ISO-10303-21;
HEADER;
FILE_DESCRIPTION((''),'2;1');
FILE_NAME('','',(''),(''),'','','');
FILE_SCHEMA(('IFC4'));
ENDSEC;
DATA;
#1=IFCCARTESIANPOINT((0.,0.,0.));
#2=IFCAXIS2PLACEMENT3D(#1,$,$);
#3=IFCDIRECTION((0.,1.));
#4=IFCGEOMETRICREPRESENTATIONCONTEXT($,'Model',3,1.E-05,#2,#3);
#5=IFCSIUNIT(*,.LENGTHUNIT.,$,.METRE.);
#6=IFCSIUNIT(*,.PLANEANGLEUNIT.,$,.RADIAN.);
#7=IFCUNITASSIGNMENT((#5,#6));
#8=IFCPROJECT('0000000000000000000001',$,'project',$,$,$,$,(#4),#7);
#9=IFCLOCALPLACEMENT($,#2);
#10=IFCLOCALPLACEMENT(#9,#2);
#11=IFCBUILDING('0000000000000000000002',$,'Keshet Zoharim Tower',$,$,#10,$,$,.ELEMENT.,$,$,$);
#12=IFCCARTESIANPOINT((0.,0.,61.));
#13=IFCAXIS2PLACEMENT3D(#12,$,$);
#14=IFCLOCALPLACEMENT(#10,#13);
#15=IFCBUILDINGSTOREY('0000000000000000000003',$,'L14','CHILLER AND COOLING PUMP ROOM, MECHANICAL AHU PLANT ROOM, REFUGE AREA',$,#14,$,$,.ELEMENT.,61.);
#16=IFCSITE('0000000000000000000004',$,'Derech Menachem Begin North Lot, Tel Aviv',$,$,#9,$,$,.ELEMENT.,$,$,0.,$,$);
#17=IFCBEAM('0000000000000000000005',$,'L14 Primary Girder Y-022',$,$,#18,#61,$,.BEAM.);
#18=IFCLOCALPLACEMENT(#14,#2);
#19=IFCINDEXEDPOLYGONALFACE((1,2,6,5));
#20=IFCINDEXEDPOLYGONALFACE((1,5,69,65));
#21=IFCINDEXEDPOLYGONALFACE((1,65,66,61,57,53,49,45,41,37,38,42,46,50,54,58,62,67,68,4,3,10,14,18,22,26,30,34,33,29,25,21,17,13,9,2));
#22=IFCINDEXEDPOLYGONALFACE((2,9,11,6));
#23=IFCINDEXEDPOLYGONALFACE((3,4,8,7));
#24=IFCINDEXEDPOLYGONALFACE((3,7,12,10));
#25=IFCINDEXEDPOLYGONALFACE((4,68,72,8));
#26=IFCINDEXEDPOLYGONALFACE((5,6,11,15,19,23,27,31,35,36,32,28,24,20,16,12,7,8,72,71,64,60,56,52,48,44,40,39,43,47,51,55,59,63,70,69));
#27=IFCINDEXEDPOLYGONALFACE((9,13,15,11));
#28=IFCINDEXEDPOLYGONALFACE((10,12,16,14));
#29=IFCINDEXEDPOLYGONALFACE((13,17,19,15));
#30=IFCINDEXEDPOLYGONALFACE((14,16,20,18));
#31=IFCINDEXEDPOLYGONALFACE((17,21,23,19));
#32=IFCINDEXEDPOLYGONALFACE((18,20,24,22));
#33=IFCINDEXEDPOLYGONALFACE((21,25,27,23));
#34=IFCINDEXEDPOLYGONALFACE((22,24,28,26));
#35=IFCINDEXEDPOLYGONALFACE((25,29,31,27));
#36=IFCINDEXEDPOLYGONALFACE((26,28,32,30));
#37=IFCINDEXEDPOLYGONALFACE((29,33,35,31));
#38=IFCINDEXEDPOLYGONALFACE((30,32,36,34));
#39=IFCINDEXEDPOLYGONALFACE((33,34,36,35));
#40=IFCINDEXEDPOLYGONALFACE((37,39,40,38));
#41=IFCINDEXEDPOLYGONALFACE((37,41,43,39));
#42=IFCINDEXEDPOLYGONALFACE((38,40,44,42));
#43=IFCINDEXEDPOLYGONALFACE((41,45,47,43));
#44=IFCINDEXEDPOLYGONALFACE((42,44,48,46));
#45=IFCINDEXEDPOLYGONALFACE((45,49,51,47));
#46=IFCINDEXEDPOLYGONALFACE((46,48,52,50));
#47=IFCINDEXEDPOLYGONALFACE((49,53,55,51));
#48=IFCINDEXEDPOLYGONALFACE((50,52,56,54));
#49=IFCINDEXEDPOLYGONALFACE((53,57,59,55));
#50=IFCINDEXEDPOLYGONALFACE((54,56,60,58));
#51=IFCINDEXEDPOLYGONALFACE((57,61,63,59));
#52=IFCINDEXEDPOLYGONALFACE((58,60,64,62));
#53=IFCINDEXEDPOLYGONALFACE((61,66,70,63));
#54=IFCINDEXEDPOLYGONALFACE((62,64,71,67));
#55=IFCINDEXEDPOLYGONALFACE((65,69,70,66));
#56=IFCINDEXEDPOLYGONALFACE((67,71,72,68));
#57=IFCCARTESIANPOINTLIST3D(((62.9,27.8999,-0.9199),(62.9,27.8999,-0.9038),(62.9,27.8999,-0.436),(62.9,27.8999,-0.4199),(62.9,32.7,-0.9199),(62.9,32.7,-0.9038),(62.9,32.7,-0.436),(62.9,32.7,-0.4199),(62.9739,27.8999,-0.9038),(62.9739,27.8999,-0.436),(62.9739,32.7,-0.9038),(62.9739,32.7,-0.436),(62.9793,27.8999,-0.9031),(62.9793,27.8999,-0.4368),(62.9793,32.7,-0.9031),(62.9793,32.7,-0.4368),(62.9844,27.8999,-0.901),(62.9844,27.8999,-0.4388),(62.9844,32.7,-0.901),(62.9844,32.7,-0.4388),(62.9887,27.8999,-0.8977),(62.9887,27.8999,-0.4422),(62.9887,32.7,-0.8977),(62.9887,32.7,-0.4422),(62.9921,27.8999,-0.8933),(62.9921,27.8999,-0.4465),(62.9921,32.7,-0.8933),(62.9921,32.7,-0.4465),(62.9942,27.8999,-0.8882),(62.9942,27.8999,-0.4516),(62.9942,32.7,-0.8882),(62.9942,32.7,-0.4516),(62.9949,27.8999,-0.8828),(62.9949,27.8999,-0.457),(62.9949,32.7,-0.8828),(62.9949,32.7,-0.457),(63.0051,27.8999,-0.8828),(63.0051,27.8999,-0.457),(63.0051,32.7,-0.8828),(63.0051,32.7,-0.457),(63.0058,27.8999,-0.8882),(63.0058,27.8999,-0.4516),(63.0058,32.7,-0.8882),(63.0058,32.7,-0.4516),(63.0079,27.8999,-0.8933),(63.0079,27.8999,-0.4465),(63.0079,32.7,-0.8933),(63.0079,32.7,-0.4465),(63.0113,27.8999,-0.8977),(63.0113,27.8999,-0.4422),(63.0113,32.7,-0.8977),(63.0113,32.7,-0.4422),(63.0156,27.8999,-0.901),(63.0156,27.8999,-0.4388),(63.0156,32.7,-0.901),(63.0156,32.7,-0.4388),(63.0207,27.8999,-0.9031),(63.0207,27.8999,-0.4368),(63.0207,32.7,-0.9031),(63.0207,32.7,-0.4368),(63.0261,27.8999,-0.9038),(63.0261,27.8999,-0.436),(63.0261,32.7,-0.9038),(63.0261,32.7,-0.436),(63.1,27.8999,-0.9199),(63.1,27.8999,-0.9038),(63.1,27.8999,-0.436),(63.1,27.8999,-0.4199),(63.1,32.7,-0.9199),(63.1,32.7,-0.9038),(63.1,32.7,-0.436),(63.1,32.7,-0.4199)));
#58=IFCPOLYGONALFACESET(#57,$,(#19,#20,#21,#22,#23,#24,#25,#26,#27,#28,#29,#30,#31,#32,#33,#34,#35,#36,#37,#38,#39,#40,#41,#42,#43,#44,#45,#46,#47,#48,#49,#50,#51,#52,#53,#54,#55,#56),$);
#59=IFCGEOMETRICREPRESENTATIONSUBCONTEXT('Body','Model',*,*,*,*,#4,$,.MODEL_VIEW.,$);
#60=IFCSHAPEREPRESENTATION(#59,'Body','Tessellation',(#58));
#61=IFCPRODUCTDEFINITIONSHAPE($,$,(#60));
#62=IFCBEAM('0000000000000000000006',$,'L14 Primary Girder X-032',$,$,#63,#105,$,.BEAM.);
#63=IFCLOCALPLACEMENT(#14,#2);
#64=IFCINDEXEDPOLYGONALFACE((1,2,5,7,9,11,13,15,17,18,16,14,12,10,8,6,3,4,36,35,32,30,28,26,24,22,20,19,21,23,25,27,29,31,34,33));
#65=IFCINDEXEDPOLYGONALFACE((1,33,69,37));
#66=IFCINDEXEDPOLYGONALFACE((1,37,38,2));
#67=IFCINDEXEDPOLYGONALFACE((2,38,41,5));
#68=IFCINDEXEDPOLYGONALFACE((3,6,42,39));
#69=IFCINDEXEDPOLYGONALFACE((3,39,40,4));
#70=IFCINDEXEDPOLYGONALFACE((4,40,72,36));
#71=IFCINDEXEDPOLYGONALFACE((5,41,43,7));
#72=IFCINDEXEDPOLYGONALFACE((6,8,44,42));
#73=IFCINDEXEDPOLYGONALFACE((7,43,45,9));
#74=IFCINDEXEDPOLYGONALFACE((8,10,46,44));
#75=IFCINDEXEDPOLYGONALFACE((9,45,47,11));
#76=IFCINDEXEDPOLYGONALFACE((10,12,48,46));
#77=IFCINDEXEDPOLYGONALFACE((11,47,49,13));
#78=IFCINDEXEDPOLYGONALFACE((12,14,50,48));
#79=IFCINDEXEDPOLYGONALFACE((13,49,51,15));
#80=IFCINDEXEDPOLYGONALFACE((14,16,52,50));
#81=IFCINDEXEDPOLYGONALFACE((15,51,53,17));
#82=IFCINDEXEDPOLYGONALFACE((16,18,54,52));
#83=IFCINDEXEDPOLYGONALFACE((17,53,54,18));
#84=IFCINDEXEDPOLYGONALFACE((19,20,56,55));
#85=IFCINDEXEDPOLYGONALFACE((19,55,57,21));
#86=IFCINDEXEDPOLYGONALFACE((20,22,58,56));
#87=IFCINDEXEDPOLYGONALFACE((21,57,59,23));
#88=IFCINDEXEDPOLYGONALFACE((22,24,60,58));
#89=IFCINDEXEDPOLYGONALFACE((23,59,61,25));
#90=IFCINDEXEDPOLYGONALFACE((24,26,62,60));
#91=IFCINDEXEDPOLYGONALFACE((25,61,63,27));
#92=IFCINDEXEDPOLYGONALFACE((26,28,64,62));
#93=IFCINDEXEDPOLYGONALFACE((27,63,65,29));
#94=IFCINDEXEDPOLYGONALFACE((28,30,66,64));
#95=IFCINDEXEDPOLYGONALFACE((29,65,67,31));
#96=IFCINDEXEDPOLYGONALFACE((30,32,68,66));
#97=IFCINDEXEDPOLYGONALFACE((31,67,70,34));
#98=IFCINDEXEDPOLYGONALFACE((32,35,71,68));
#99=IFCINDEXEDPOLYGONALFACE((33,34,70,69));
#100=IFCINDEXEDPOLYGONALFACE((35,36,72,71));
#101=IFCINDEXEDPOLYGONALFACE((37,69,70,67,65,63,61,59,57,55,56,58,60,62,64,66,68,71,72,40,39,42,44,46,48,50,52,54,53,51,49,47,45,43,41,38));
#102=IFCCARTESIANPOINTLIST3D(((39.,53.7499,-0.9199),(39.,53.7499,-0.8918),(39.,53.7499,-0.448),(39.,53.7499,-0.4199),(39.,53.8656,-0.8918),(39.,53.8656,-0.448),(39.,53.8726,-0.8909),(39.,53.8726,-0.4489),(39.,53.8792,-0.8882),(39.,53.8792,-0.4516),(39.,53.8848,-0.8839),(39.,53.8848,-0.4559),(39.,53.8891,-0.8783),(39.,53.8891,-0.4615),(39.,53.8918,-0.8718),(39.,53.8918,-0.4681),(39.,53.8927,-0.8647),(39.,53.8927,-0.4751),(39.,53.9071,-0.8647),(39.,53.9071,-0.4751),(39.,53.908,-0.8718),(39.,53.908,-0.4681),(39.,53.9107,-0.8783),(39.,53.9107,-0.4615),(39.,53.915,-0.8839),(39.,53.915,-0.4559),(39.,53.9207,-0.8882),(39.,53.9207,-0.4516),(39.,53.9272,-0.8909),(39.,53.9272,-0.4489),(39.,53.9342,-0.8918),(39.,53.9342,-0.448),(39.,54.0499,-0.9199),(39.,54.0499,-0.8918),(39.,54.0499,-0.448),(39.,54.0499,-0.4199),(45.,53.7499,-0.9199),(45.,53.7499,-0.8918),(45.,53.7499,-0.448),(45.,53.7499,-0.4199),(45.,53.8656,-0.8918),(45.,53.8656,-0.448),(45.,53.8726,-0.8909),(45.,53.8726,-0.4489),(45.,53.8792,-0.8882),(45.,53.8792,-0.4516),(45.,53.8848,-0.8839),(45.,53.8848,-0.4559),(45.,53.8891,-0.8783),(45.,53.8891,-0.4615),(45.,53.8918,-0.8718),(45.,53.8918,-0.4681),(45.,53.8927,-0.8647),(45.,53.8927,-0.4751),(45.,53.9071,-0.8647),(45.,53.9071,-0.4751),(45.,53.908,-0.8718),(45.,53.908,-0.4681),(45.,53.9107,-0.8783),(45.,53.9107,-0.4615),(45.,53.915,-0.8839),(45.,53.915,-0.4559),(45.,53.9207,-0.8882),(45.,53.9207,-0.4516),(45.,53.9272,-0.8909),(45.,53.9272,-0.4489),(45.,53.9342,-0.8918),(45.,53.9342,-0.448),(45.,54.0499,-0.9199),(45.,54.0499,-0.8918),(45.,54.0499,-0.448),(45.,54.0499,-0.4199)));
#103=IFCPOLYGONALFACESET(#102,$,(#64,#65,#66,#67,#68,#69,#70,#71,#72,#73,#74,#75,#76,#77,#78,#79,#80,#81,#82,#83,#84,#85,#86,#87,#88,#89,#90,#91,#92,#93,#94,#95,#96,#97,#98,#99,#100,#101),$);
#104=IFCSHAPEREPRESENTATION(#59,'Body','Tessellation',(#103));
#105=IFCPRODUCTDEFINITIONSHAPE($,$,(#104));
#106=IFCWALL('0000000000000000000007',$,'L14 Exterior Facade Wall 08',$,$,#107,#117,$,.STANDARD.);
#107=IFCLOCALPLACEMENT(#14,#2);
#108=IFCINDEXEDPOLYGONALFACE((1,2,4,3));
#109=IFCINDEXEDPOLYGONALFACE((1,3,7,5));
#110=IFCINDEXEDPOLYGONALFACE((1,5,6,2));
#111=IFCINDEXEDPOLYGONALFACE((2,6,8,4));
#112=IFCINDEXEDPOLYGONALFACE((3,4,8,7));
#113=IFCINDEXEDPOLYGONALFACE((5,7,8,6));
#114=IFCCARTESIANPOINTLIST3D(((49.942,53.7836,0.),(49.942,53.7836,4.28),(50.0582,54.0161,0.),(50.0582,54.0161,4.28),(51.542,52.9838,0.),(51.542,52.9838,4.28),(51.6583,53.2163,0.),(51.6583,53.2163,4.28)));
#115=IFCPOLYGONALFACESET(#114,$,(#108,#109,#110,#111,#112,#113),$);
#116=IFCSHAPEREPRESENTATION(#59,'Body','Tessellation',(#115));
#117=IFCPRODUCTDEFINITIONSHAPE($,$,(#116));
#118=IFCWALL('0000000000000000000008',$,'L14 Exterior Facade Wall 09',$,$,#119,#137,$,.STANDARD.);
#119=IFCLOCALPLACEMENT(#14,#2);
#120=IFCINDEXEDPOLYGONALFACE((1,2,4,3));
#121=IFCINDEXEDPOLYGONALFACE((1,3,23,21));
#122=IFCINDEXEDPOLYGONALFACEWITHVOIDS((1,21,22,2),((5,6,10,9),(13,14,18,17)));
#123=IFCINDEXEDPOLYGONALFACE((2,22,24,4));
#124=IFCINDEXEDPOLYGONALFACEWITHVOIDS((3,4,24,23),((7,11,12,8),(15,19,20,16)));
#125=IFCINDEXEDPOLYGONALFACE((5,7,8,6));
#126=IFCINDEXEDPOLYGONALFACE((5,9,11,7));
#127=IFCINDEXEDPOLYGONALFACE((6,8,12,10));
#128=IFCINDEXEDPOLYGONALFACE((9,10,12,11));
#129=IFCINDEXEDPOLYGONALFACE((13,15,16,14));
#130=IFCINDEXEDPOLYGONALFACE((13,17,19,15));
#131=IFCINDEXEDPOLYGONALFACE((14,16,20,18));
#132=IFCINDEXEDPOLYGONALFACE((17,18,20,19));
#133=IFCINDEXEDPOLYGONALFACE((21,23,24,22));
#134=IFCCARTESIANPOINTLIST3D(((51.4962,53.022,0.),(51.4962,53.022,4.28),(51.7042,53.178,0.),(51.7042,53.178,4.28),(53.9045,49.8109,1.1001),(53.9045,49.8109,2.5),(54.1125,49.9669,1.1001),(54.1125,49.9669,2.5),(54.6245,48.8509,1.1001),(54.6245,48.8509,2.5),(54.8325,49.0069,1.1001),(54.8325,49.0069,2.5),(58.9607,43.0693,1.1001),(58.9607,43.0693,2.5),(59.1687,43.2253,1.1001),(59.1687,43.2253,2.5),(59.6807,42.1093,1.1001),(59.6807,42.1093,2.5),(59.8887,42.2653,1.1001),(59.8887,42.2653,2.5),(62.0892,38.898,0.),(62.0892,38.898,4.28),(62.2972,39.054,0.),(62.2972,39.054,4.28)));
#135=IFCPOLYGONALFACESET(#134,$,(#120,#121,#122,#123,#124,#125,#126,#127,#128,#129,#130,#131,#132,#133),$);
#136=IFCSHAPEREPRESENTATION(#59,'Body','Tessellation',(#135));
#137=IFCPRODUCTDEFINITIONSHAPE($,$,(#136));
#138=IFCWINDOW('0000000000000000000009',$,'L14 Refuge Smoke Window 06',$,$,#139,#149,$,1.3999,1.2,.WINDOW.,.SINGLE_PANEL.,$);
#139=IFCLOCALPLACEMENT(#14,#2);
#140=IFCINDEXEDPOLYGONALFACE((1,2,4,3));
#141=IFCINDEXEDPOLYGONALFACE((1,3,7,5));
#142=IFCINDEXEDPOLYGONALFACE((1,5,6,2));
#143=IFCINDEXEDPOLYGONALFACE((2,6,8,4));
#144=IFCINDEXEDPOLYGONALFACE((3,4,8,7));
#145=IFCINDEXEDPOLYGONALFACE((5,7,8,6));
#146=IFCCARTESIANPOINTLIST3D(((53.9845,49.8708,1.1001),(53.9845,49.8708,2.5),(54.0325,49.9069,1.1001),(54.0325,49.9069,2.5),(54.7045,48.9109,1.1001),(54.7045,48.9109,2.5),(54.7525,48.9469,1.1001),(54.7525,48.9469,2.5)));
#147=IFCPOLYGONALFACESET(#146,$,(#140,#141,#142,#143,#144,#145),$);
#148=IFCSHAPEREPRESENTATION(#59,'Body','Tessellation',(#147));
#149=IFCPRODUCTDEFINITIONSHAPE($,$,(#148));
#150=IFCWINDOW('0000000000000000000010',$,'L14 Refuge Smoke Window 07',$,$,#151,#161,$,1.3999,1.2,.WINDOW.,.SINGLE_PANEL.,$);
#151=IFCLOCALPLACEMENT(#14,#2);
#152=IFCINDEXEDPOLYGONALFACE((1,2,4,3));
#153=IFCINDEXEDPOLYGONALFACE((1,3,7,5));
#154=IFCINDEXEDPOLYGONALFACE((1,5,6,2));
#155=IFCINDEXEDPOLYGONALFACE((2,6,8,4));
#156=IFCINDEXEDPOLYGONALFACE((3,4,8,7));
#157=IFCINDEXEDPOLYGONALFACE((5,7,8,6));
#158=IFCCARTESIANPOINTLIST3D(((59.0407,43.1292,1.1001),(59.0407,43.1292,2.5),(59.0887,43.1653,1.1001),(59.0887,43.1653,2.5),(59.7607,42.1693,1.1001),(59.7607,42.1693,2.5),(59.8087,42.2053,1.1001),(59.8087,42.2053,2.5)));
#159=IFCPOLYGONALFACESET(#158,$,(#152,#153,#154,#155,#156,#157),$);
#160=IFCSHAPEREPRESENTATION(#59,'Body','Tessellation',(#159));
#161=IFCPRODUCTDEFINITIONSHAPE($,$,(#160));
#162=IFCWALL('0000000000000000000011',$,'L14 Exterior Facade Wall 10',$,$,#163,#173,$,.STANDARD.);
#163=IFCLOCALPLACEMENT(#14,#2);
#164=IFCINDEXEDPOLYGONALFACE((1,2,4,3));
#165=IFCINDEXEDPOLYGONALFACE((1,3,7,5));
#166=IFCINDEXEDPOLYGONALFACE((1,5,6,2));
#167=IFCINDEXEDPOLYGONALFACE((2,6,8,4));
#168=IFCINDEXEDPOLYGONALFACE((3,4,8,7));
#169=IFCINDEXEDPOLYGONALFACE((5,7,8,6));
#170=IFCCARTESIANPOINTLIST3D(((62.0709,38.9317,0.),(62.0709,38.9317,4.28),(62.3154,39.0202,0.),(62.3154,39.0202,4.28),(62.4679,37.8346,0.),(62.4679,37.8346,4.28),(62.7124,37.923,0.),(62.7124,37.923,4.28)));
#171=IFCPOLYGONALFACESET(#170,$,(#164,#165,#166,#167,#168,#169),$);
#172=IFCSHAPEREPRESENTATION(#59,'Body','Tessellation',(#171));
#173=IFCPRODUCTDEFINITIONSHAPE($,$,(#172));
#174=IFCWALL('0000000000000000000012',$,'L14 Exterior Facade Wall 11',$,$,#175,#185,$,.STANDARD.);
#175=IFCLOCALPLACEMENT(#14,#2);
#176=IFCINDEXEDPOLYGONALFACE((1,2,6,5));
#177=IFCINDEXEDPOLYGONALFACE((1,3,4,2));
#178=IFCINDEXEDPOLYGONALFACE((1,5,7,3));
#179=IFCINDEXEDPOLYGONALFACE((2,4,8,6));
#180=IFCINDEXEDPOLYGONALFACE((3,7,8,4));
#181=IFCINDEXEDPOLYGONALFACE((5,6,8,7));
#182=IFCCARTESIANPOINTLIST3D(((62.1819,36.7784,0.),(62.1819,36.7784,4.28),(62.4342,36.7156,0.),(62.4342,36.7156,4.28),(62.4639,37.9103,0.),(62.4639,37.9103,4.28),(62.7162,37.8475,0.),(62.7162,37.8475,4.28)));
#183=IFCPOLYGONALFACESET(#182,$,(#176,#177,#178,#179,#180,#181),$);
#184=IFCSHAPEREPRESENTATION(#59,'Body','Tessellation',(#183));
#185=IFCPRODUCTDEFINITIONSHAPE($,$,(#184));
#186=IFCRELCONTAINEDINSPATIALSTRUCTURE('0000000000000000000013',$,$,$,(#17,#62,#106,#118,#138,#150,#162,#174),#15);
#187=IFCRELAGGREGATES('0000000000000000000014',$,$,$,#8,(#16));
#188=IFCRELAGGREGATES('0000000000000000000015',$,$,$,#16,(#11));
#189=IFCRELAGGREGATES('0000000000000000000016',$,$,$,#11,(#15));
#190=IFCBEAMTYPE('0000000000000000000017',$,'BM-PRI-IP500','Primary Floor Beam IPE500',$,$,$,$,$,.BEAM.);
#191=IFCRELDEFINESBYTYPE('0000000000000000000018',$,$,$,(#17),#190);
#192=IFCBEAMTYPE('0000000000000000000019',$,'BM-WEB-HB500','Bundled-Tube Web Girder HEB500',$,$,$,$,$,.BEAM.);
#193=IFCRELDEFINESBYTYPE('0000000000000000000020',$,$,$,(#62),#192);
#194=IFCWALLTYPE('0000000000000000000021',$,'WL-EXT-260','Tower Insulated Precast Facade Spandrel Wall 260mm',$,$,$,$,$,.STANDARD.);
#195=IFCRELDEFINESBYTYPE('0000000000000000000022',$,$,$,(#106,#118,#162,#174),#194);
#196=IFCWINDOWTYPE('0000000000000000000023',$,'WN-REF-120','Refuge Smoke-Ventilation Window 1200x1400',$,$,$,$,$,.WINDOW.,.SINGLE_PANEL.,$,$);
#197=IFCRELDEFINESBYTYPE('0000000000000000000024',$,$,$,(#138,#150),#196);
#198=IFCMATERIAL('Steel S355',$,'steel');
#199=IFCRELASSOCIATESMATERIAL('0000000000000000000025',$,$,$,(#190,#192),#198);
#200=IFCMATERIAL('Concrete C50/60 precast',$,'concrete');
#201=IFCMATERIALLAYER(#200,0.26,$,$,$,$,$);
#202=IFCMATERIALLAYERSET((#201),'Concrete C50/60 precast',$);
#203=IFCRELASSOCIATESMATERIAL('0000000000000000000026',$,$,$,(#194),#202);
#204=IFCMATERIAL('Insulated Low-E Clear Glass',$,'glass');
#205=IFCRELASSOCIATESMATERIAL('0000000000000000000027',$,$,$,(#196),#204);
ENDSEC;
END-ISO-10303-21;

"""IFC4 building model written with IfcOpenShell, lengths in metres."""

from ifc_helpers import new_model, si_unit, direction, frame, frame_2d, origin, origin_2d, place, context, subcontext, project, spatial, rectangle, i_section, extrude, material, layer, layer_set, material_profile, profile_set, type_object, element, fill, save


model = new_model("IFC4")

# Units and contexts
model_context = context("Model", 3, precision=1e-05, world=origin(), true_north=direction((0.0, 1.0)))
body_context = subcontext(model_context, "Body", "Model", "MODEL_VIEW")
ifc_project = project(units=[si_unit("LENGTHUNIT", "METRE"), si_unit("PLANEANGLEUNIT", "RADIAN")], contexts=[model_context])

# Site, building, storey
site_placement = place(None, origin())
site = spatial("IfcSite", under=ifc_project, at=site_placement, Name="Derech Menachem Begin North Lot, Tel Aviv", CompositionType="ELEMENT", RefElevation=0.0)
building_placement = place(site_placement, origin())
building = spatial("IfcBuilding", under=site, at=building_placement, Name="Keshet Zoharim Tower", CompositionType="ELEMENT")
storey_placement = place(building_placement, frame((0.0, 0.0, 61.0)))
storey = spatial("IfcBuildingStorey", under=building, at=storey_placement, Name="L14", Description="CHILLER AND COOLING PUMP ROOM, MECHANICAL AHU PLANT ROOM, REFUGE AREA", CompositionType="ELEMENT", Elevation=61.0)

# Shared definitions
ifc_material_1 = material(Name="Steel S355", Category="steel")

# Beams
ifc_material_profile_1 = material_profile(ifc_material_1, i_section(OverallWidth=0.2, OverallDepth=0.5, WebThickness=0.0103, FlangeThickness=0.0161, FilletRadius=0.021, at=origin_2d()), Name="IPE500")
ifc_profile_set_1 = profile_set([ifc_material_profile_1], Name="Steel S355")
beam_type_1 = type_object("IfcBeamType", Name="BM-PRI-IP500", Description="Primary Floor Beam IPE500", PredefinedType="BEAM", material=ifc_profile_set_1)
beam_1_placement = place(storey_placement, frame((63.0, 27.8999, -0.6699), z_axis=(0.0, 1.0, 0.0), x_axis=(-1.0, 0.0, 0.0)))
element("IfcBeam", 1, at=beam_1_placement, inside=storey, type_object=beam_type_1, Name="L14 Primary Girder Y-022", PredefinedType="BEAM", context=body_context, shape_type="SweptSolid", body=[
    extrude(i_section(OverallWidth=0.2, OverallDepth=0.5, WebThickness=0.0103, FlangeThickness=0.0161, FilletRadius=0.021, at=origin_2d()), origin(), (0.0, 0.0, 1.0), 4.8),
])
ifc_material_profile_2 = material_profile(ifc_material_1, i_section(OverallWidth=0.3, OverallDepth=0.5, WebThickness=0.0144, FlangeThickness=0.0281, FilletRadius=0.0271, at=origin_2d()), Name="HEB500")
ifc_profile_set_2 = profile_set([ifc_material_profile_2], Name="Steel S355")
beam_type_2 = type_object("IfcBeamType", Name="BM-WEB-HB500", Description="Bundled-Tube Web Girder HEB500", PredefinedType="BEAM", material=ifc_profile_set_2)
beam_2_placement = place(storey_placement, frame((39.0, 53.8999, -0.6699), z_axis=(1.0, 0.0, 0.0), x_axis=(0.0, 1.0, 0.0)))
element("IfcBeam", 2, at=beam_2_placement, inside=storey, type_object=beam_type_2, Name="L14 Primary Girder X-032", PredefinedType="BEAM", context=body_context, shape_type="SweptSolid", body=[
    extrude(i_section(OverallWidth=0.3, OverallDepth=0.5, WebThickness=0.0144, FlangeThickness=0.0281, FilletRadius=0.0271, at=origin_2d()), origin(), (0.0, 0.0, 1.0), 6.0),
])

# Wall
ifc_material_2 = material(Name="Concrete C50/60 precast", Category="concrete")
ifc_layer = layer(ifc_material_2, 0.26)
ifc_layer_set = layer_set([ifc_layer], Name="Concrete C50/60 precast")
wall_type = type_object("IfcWallType", Name="WL-EXT-260", Description="Tower Insulated Precast Facade Spandrel Wall 260mm", PredefinedType="STANDARD", material=ifc_layer_set)
wall_1_placement = place(storey_placement, frame((50.0, 53.8999, 0.0), z_axis=(0.0, 0.0, 1.0), x_axis=(0.894482, -0.447104, 0.0)))
element("IfcWall", 3, at=wall_1_placement, inside=storey, type_object=wall_type, Name="L14 Exterior Facade Wall 08", PredefinedType="STANDARD", context=body_context, shape_type="SweptSolid", body=[
    extrude(rectangle(XDim=1.7888, YDim=0.26, at=frame_2d((0.8945, 0.0))), origin(), (0.0, 0.0, 1.0), 4.28),
])

# Wall, openings, windows
wall_2_placement = place(storey_placement, frame((51.6001, 53.1001, 0.0), z_axis=(0.0, 0.0, 1.0), x_axis=(0.6, -0.8, 0.0)))
wall_2 = element("IfcWall", 4, at=wall_2_placement, inside=storey, type_object=wall_type, Name="L14 Exterior Facade Wall 09", PredefinedType="STANDARD", context=body_context, shape_type="SweptSolid", body=[
    extrude(rectangle(XDim=17.655, YDim=0.26, at=frame_2d((8.8276, 0.0))), origin(), (0.0, 0.0, 1.0), 4.28),
])
opening_1_placement = place(wall_2_placement, frame((4.0139, 0.0, 1.1001)))
opening_1 = element("IfcOpeningElement", 5, at=opening_1_placement, cuts=wall_2, PredefinedType="OPENING", context=body_context, shape_type="SweptSolid", body=[
    extrude(rectangle(XDim=1.2, YDim=1.3999, at=frame_2d((0.6001, 0.7))), frame((0.0, 0.1401, 0.0), z_axis=(0.0, -1.0, 0.0), x_axis=(1.0, 0.0, 0.0)), (0.0, 0.0, 1.0), 0.28),
])
opening_2_placement = place(wall_2_placement, frame((12.4409, 0.0, 1.1001)))
opening_2 = element("IfcOpeningElement", 6, at=opening_2_placement, cuts=wall_2, PredefinedType="OPENING", context=body_context, shape_type="SweptSolid", body=[
    extrude(rectangle(XDim=1.2, YDim=1.3999, at=frame_2d((0.6001, 0.7))), frame((0.0, 0.1401, 0.0), z_axis=(0.0, -1.0, 0.0), x_axis=(1.0, 0.0, 0.0)), (0.0, 0.0, 1.0), 0.28),
])
ifc_material_3 = material(Name="Insulated Low-E Clear Glass", Category="glass")
window_type = type_object("IfcWindowType", Name="WN-REF-120", Description="Refuge Smoke-Ventilation Window 1200x1400", PartitioningType="SINGLE_PANEL", PredefinedType="WINDOW", material=ifc_material_3)
window_1_placement = place(opening_1_placement, origin())
window_1 = element("IfcWindow", 7, at=window_1_placement, inside=storey, type_object=window_type, Name="L14 Refuge Smoke Window 06", OverallHeight=1.3999, OverallWidth=1.2, PartitioningType="SINGLE_PANEL", PredefinedType="WINDOW", context=body_context, shape_type="SweptSolid", body=[
    extrude(rectangle(XDim=1.2, YDim=1.3999, at=frame_2d((0.6001, 0.7))), frame((0.0, 0.03, 0.0), z_axis=(0.0, -1.0, 0.0), x_axis=(1.0, 0.0, 0.0)), (0.0, 0.0, 1.0), 0.0601),
])
fill(opening_1, window_1)
window_2_placement = place(opening_2_placement, origin())
window_2 = element("IfcWindow", 8, at=window_2_placement, inside=storey, type_object=window_type, Name="L14 Refuge Smoke Window 07", OverallHeight=1.3999, OverallWidth=1.2, PartitioningType="SINGLE_PANEL", PredefinedType="WINDOW", context=body_context, shape_type="SweptSolid", body=[
    extrude(rectangle(XDim=1.2, YDim=1.3999, at=frame_2d((0.6001, 0.7))), frame((0.0, 0.03, 0.0), z_axis=(0.0, -1.0, 0.0), x_axis=(1.0, 0.0, 0.0)), (0.0, 0.0, 1.0), 0.0601),
])
fill(opening_2, window_2)

# Walls
wall_3_placement = place(storey_placement, frame((62.1931, 38.9761, 0.0), z_axis=(0.0, 0.0, 1.0), x_axis=(0.340231, -0.940342, 0.0)))
element("IfcWall", 9, at=wall_3_placement, inside=storey, type_object=wall_type, Name="L14 Exterior Facade Wall 10", PredefinedType="STANDARD", context=body_context, shape_type="SweptSolid", body=[
    extrude(rectangle(XDim=1.1667, YDim=0.26, at=frame_2d((0.5835, 0.0))), origin(), (0.0, 0.0, 1.0), 4.28),
])
wall_4_placement = place(storey_placement, frame((62.5901, 37.8789, 0.0), z_axis=(0.0, 0.0, 1.0), x_axis=(-0.241748, -0.970339, 0.0)))
element("IfcWall", 10, at=wall_4_placement, inside=storey, type_object=wall_type, Name="L14 Exterior Facade Wall 11", PredefinedType="STANDARD", context=body_context, shape_type="SweptSolid", body=[
    extrude(rectangle(XDim=1.1665, YDim=0.26, at=frame_2d((0.5833, 0.0))), origin(), (0.0, 0.0, 1.0), 4.28),
])

save(model, "model.ifc")
